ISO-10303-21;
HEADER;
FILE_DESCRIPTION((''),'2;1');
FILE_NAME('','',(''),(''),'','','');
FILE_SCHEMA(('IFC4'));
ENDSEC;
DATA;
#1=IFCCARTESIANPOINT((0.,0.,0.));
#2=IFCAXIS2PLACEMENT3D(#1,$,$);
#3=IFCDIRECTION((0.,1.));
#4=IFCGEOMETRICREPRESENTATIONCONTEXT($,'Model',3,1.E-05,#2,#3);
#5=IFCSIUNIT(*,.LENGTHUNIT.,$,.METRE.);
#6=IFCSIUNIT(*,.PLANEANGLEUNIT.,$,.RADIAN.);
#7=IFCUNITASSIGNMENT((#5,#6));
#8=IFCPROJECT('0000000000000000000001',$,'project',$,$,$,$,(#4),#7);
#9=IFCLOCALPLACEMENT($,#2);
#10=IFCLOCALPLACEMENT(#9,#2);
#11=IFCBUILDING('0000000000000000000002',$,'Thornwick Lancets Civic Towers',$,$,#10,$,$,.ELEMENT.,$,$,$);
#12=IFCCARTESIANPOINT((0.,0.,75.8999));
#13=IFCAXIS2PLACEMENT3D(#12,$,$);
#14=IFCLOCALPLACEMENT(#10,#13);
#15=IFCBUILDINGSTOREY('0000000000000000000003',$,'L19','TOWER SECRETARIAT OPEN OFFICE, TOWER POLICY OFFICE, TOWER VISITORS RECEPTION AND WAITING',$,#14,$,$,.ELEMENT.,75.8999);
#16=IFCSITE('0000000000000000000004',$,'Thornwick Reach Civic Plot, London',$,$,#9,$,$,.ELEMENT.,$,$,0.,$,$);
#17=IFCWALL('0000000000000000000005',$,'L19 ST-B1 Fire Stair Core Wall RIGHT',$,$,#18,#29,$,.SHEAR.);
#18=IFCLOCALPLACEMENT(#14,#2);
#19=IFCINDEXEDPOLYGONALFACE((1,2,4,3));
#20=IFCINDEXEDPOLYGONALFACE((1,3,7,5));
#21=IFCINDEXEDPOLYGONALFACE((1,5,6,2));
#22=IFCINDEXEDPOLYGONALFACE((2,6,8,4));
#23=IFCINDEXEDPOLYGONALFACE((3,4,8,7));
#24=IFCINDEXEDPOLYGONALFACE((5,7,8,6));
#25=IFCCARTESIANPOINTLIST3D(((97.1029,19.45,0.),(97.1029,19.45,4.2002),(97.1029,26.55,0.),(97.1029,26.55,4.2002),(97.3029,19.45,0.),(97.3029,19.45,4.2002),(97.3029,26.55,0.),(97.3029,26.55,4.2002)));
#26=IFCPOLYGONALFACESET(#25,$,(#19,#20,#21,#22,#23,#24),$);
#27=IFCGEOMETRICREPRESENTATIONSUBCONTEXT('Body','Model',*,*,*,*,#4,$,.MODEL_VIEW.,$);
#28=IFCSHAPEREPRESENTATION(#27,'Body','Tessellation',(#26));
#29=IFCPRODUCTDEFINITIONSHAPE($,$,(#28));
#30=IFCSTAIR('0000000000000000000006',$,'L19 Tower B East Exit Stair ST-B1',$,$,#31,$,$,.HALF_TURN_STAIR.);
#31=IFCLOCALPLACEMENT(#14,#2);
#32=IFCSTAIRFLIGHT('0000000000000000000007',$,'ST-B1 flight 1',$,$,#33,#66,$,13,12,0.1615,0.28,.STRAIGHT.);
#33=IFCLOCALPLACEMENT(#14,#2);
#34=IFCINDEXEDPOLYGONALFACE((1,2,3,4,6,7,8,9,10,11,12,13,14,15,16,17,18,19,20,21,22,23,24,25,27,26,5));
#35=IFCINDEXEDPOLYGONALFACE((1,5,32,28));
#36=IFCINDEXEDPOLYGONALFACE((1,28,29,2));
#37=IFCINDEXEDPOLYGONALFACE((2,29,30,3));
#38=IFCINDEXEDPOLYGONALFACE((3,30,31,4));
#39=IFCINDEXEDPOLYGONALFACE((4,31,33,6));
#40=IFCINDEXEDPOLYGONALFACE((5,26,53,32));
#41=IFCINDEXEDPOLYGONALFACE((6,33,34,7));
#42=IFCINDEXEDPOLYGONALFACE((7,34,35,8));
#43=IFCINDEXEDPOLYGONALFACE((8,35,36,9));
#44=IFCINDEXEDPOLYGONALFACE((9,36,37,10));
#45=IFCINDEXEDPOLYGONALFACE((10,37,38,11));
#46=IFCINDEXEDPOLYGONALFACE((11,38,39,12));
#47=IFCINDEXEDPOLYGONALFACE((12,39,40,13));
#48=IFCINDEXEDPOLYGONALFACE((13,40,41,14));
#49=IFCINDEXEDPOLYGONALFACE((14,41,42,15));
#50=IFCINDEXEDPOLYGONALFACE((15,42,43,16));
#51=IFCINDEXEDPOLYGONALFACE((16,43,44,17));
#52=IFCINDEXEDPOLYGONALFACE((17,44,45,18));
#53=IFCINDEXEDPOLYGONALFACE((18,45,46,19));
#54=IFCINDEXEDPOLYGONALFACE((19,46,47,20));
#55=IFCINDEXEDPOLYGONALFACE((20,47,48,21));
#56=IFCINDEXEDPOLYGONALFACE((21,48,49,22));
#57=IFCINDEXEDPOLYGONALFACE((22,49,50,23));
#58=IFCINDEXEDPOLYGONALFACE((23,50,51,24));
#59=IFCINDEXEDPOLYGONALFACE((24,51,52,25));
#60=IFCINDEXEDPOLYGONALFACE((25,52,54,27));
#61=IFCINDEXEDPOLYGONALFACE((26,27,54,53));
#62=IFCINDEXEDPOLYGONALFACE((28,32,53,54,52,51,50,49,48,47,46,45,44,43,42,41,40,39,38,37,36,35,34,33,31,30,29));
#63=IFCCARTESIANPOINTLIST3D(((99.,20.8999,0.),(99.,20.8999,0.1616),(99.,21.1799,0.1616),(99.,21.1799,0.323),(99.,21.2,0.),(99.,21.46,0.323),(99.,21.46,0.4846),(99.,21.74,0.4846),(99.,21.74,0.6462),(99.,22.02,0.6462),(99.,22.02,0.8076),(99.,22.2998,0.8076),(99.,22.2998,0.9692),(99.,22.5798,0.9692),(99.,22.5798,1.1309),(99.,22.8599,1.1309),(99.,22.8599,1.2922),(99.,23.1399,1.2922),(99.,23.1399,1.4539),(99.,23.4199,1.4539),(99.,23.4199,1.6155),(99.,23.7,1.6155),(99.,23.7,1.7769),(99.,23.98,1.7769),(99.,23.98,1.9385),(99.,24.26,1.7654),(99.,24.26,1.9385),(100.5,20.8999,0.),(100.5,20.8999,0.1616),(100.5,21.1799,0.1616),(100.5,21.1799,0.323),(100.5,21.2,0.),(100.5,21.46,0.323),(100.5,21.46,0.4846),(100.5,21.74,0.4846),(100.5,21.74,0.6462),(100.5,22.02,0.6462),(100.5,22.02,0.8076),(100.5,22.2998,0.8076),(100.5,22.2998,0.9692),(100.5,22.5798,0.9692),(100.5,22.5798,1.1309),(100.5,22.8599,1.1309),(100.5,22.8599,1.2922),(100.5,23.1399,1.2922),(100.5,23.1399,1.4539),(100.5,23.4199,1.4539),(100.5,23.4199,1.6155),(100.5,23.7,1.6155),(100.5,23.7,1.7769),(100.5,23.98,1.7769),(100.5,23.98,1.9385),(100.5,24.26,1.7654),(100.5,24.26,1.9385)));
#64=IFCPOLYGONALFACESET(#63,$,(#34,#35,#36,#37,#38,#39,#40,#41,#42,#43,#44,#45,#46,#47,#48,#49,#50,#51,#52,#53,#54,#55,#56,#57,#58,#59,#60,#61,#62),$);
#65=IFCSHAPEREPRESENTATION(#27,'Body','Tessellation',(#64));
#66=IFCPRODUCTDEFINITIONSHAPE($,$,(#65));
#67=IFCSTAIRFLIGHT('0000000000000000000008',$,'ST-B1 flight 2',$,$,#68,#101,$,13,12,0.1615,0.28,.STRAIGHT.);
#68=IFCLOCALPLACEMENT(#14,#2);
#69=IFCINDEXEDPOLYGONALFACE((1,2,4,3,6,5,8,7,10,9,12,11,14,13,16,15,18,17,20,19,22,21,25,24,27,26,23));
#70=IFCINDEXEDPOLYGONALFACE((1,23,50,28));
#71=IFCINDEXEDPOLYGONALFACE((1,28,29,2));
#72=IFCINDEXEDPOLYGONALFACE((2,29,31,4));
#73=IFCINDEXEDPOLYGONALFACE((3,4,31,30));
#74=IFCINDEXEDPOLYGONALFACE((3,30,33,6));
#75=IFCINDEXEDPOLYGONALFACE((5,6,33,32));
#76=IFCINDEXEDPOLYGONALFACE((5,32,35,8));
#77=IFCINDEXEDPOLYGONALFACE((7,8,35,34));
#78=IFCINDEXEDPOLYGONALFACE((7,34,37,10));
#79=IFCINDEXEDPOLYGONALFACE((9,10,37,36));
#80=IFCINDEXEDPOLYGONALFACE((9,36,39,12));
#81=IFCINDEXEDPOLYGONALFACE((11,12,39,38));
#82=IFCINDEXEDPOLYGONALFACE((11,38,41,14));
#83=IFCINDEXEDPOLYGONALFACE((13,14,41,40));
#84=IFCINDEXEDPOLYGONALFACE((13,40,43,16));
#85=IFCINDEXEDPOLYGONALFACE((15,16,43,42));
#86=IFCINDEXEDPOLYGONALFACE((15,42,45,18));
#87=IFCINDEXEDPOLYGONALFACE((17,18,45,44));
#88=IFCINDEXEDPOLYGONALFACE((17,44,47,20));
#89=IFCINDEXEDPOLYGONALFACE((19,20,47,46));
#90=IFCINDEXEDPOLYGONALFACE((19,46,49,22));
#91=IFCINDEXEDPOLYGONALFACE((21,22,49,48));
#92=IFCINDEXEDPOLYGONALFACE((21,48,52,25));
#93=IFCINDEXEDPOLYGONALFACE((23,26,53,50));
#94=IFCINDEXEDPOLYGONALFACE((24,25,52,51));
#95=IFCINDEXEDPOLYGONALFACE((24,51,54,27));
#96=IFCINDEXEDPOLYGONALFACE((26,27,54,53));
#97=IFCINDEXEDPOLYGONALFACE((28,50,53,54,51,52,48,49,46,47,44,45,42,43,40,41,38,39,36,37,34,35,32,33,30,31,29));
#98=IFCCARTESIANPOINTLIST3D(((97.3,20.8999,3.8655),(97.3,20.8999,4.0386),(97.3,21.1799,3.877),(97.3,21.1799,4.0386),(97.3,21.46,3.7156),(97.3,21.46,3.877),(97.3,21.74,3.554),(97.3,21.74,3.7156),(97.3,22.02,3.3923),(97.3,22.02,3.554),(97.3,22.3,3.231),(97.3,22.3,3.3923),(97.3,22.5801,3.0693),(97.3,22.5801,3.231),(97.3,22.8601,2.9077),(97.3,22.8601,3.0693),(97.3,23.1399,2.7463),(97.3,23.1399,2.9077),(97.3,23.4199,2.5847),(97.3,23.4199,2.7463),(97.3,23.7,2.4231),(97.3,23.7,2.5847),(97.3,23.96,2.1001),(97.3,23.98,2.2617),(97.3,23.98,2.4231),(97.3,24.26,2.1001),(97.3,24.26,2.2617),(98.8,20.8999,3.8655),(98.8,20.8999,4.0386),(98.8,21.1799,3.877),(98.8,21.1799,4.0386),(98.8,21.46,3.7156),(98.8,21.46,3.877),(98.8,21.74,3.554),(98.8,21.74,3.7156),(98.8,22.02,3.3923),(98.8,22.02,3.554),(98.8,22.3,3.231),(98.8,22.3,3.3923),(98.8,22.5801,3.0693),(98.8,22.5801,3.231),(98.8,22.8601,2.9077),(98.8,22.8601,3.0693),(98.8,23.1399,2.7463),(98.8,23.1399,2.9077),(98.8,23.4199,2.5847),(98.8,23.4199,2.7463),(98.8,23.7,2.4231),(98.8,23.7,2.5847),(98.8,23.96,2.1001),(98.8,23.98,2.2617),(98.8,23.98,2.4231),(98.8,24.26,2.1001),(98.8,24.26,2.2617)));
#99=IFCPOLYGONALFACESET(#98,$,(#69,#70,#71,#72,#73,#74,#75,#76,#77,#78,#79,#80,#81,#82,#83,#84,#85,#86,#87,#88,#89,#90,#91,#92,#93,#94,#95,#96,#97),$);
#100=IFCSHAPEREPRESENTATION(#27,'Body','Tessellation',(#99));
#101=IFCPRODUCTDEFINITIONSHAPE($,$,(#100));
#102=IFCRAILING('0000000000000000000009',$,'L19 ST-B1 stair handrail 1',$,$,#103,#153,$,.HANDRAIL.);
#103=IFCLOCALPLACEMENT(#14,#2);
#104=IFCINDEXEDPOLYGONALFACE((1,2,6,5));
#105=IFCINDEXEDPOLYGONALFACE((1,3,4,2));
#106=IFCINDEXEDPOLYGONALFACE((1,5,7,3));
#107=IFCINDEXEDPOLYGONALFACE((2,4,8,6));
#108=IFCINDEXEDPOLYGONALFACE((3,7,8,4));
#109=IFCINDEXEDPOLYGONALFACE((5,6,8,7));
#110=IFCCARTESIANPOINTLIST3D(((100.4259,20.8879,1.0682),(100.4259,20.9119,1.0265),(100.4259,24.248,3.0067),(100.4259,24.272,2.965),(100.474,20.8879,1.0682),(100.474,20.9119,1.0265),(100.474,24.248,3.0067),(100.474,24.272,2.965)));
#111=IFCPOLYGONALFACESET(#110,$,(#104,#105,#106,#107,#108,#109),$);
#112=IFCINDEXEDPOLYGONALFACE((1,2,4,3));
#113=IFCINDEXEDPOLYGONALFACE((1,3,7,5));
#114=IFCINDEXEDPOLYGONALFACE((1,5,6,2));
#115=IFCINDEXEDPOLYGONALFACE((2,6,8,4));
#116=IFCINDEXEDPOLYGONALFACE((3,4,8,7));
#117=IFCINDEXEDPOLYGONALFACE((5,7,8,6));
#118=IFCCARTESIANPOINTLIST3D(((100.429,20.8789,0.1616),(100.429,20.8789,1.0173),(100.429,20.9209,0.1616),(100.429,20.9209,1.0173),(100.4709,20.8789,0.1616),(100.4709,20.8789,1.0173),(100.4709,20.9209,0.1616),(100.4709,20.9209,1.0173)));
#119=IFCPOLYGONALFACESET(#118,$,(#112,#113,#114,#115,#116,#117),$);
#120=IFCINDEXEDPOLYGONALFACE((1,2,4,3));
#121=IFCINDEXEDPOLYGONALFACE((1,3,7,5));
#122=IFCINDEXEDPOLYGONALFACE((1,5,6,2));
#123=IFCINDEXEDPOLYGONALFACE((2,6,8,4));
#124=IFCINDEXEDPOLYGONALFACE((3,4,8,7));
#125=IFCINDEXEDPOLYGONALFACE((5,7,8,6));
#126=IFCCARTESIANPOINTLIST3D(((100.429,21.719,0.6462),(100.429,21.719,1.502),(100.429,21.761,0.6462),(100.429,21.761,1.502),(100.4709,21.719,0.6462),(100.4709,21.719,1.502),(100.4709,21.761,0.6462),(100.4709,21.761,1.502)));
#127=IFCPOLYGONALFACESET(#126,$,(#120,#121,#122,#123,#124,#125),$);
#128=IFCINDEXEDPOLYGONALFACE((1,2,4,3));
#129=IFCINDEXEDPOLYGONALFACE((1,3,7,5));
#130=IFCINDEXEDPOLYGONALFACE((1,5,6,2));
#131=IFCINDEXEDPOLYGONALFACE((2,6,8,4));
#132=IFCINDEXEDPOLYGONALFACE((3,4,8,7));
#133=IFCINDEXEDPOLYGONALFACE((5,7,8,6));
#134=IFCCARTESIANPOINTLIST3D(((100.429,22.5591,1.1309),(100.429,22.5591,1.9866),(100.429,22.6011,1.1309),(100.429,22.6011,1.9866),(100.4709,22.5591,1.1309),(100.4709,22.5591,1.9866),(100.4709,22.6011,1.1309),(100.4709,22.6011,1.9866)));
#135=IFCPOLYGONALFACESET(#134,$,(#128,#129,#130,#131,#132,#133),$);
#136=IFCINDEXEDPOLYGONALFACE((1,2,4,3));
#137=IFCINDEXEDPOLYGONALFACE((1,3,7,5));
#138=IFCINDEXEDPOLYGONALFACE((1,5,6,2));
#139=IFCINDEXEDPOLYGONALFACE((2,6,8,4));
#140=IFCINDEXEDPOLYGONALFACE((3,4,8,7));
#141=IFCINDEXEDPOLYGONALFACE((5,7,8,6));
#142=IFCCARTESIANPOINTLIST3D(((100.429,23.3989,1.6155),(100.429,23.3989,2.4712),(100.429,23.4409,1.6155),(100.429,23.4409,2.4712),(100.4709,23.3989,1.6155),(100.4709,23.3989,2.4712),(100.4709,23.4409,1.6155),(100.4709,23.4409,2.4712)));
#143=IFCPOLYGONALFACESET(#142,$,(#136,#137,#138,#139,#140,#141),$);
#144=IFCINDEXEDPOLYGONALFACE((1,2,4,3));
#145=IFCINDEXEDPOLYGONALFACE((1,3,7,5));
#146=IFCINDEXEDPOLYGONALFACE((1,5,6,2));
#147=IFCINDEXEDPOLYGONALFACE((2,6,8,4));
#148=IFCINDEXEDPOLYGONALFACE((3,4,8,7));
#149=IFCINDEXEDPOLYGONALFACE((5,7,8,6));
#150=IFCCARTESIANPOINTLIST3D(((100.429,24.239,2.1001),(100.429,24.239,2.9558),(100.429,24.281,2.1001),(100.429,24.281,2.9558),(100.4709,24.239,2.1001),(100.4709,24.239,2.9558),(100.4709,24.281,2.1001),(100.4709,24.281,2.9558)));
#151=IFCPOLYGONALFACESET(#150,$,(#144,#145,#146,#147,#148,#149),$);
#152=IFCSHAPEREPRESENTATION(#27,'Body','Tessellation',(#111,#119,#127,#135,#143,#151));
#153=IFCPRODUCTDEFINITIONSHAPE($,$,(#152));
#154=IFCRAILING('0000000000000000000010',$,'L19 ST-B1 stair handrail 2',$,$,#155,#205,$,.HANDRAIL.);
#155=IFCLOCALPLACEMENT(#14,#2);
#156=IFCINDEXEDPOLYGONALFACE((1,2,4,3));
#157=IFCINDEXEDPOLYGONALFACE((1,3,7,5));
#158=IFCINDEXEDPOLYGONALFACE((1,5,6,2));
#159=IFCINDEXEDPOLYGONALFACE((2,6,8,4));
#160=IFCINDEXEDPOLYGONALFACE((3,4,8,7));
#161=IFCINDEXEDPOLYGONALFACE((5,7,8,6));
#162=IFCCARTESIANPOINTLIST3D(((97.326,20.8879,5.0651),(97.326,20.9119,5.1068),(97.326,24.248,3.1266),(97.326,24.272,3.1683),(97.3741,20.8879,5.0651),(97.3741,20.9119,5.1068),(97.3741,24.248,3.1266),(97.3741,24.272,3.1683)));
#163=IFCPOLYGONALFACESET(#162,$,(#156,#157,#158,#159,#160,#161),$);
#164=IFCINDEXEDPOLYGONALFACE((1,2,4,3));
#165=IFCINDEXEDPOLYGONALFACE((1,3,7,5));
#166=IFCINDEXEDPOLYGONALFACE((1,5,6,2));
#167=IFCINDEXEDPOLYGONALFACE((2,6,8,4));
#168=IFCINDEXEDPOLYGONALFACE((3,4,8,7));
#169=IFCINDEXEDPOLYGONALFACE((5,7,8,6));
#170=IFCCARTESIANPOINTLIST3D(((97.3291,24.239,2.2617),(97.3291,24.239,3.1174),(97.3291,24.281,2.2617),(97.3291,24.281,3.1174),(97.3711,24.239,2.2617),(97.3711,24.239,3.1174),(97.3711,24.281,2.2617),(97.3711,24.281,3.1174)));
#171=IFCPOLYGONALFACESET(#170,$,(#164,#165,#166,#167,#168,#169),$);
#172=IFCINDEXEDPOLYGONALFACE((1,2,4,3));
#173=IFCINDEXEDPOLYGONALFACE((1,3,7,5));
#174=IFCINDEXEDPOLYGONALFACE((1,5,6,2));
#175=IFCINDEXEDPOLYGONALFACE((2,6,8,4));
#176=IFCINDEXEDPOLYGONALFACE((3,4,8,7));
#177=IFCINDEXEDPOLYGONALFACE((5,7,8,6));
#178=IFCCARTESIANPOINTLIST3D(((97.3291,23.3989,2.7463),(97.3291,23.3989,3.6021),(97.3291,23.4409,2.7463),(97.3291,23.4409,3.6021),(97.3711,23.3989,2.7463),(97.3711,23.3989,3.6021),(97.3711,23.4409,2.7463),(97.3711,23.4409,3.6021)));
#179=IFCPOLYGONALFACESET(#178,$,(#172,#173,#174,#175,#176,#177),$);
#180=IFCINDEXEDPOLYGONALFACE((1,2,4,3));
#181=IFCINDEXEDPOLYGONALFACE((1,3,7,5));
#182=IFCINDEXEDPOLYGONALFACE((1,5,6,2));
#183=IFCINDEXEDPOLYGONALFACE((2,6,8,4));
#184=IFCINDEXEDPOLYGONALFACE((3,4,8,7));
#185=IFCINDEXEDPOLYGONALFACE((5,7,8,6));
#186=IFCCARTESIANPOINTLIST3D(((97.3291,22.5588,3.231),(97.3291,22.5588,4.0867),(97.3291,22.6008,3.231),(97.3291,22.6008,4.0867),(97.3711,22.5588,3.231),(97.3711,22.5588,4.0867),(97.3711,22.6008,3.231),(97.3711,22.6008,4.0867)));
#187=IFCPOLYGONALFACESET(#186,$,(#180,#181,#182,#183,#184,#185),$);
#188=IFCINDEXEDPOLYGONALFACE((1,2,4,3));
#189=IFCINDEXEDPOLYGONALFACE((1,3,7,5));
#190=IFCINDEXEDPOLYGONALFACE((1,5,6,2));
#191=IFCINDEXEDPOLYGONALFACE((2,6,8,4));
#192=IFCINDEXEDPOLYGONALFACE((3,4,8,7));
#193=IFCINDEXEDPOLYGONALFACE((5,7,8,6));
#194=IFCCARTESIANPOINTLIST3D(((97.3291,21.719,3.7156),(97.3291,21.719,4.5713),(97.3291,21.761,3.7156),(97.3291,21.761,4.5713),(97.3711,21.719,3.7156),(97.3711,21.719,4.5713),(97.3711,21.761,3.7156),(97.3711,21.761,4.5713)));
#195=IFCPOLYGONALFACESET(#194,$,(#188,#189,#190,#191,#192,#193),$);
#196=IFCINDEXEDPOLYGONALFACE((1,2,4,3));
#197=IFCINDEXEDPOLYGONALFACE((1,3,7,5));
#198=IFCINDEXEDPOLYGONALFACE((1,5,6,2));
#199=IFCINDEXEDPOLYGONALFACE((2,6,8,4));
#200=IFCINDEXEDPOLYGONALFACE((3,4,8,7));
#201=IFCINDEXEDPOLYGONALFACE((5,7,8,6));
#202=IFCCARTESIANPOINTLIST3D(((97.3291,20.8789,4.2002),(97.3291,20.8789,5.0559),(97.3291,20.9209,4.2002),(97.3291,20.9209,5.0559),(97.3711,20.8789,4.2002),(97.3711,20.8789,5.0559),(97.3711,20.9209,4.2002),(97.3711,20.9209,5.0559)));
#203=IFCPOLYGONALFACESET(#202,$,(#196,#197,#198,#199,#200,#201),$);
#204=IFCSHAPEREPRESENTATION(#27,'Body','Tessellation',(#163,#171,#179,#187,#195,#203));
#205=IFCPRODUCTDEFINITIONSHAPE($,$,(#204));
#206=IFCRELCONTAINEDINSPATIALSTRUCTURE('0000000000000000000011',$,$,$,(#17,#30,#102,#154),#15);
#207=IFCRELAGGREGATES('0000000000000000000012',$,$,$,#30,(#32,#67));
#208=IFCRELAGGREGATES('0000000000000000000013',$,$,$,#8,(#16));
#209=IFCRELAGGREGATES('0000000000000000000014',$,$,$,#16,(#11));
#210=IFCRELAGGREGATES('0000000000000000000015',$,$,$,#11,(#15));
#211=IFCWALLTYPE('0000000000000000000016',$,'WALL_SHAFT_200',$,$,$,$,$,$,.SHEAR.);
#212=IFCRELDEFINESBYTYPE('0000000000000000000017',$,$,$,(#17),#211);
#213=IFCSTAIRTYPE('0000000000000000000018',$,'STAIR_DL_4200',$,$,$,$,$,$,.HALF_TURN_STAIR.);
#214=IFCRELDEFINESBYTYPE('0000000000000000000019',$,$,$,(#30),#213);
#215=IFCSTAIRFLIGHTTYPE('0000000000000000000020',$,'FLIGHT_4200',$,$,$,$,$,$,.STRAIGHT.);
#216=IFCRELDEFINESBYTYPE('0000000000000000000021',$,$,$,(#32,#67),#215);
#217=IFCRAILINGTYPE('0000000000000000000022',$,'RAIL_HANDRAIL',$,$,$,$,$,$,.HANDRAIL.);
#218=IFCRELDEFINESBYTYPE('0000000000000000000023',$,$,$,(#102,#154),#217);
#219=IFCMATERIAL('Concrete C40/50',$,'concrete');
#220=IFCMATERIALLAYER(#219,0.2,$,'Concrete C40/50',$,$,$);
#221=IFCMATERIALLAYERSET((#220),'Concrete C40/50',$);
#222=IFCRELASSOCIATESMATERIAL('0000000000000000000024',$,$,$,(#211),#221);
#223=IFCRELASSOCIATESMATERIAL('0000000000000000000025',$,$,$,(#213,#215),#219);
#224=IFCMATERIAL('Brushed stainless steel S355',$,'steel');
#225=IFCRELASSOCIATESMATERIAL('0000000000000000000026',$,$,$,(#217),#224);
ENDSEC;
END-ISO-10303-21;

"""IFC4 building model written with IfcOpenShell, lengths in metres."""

from ifc_helpers import new_model, si_unit, direction, frame, frame_2d, origin, origin_2d, place, context, subcontext, project, spatial, polyline, rectangle, outline, extrude, material, layer, layer_set, type_object, element, aggregate, save


model = new_model("IFC4")

# Units and contexts
model_context = context("Model", 3, precision=1e-05, world=origin(), true_north=direction((0.0, 1.0)))
body_context = subcontext(model_context, "Body", "Model", "MODEL_VIEW")
ifc_project = project(units=[si_unit("LENGTHUNIT", "METRE"), si_unit("PLANEANGLEUNIT", "RADIAN")], contexts=[model_context])

# Site, building, storey
site_placement = place(None, origin())
site = spatial("IfcSite", under=ifc_project, at=site_placement, Name="Thornwick Reach Civic Plot, London", CompositionType="ELEMENT", RefElevation=0.0)
building_placement = place(site_placement, origin())
building = spatial("IfcBuilding", under=site, at=building_placement, Name="Thornwick Lancets Civic Towers", CompositionType="ELEMENT")
storey_placement = place(building_placement, frame((0.0, 0.0, 75.8999)))
storey = spatial("IfcBuildingStorey", under=building, at=storey_placement, Name="L19", Description="TOWER SECRETARIAT OPEN OFFICE, TOWER POLICY OFFICE, TOWER VISITORS RECEPTION AND WAITING", CompositionType="ELEMENT", Elevation=75.8999)

# Shared definitions
ifc_material_1 = material(Name="Concrete C40/50", Category="concrete")

# Shared definitions
ifc_layer_1 = layer(ifc_material_1, 0.2, Name="Concrete C40/50")
ifc_layer_set_1 = layer_set([ifc_layer_1], Name="Concrete C40/50")
wall_type_1 = type_object("IfcWallType", Name="WALL_SHAFT_200", PredefinedType="SHEAR", material=ifc_layer_set_1)

# Wall
wall_1_placement = place(storey_placement, frame((97.2029, 26.55, 0.0), z_axis=(0.0, 0.0, 1.0), x_axis=(0.0, -1.0, 0.0)))
element("IfcWall", 1, at=wall_1_placement, inside=storey, type_object=wall_type_1, Name="L19 ST-B1 Fire Stair Core Wall RIGHT", PredefinedType="SHEAR", context=body_context, shape_type="SweptSolid", body=[
    extrude(rectangle(XDim=7.1001, YDim=0.2, at=frame_2d((3.55, 0.0))), origin(), (0.0, 0.0, 1.0), 4.2002),
])

# Stair, stair flights
stair_type = type_object("IfcStairType", Name="STAIR_DL_4200", PredefinedType="HALF_TURN_STAIR", material=ifc_material_1)
stair_placement = place(storey_placement, origin())
stair = element("IfcStair", 2, at=stair_placement, inside=storey, type_object=stair_type, Name="L19 Tower B East Exit Stair ST-B1", PredefinedType="HALF_TURN_STAIR")
stair_flight_type = type_object("IfcStairFlightType", Name="FLIGHT_4200", PredefinedType="STRAIGHT", material=ifc_material_1)
stair_flight_1_placement = place(storey_placement, frame((99.75, 20.8999, 0.0), z_axis=(0.0, 0.0, 1.0), x_axis=(0.0, 1.0, 0.0)))
stair_flight_1 = element("IfcStairFlight", 3, at=stair_flight_1_placement, type_object=stair_flight_type, Name="ST-B1 flight 1", NumberOfRisers=13, NumberOfTreads=12, PredefinedType="STRAIGHT", RiserHeight=0.1615, TreadLength=0.28, context=body_context, shape_type="SweptSolid", body=[
    extrude(outline(polyline([(0.0, 0.0), (0.0, 0.1616), (0.28, 0.1616), (0.28, 0.323), (0.5601, 0.323), (0.5601, 0.4846), (0.8401, 0.4846), (0.8401, 0.6462), (1.1201, 0.6462), (1.1201, 0.8076), (1.3999, 0.8076), (1.3999, 0.9692), (1.6799, 0.9692), (1.6799, 1.1309), (1.96, 1.1309), (1.96, 1.2922), (2.24, 1.2922), (2.24, 1.4539), (2.52, 1.4539), (2.52, 1.6155), (2.8, 1.6155), (2.8, 1.7769), (3.0801, 1.7769), (3.0801, 1.9385), (3.3601, 1.9385), (3.3601, 2.1001), (3.3601, 1.7654), (0.3, 0.0), (0.0, 0.0)])), frame((0.0, 0.75, 0.0), z_axis=(0.0, -1.0, 0.0), x_axis=(1.0, 0.0, 0.0)), (0.0, 0.0, 1.0), 1.5),
])
stair_flight_2_placement = place(storey_placement, frame((98.05, 24.26, 2.1001), z_axis=(0.0, 0.0, 1.0), x_axis=(0.0, -1.0, 0.0)))
stair_flight_2 = element("IfcStairFlight", 4, at=stair_flight_2_placement, type_object=stair_flight_type, Name="ST-B1 flight 2", NumberOfRisers=13, NumberOfTreads=12, PredefinedType="STRAIGHT", RiserHeight=0.1615, TreadLength=0.28, context=body_context, shape_type="SweptSolid", body=[
    extrude(outline(polyline([(0.0, 0.0), (0.0, 0.1616), (0.28, 0.1616), (0.28, 0.323), (0.5601, 0.323), (0.5601, 0.4846), (0.8401, 0.4846), (0.8401, 0.6462), (1.1201, 0.6462), (1.1201, 0.8076), (1.3999, 0.8076), (1.3999, 0.9692), (1.6799, 0.9692), (1.6799, 1.1309), (1.96, 1.1309), (1.96, 1.2922), (2.24, 1.2922), (2.24, 1.4539), (2.52, 1.4539), (2.52, 1.6155), (2.8, 1.6155), (2.8, 1.7769), (3.0801, 1.7769), (3.0801, 1.9385), (3.3601, 1.9385), (3.3601, 2.1001), (3.3601, 1.7654), (0.3, 0.0), (0.0, 0.0)])), frame((0.0, 0.75, 0.0), z_axis=(0.0, -1.0, 0.0), x_axis=(1.0, 0.0, 0.0)), (0.0, 0.0, 1.0), 1.5),
])
aggregate(stair, [stair_flight_1, stair_flight_2])

# Railings
ifc_material_2 = material(Name="Brushed stainless steel S355", Category="steel")
railing_type_1 = type_object("IfcRailingType", Name="RAIL_HANDRAIL", PredefinedType="HANDRAIL", material=ifc_material_2)
railing_1_placement = place(storey_placement, frame((100.45, 20.8999, 0.1616)))
element("IfcRailing", 5, at=railing_1_placement, inside=storey, type_object=railing_type_1, Name="L19 ST-B1 stair handrail 1", PredefinedType="HANDRAIL", context=body_context, shape_type="SweptSolid", body=[
    extrude(rectangle(XDim=0.0481, YDim=0.0481, at=origin_2d()), frame((0.0, 0.0, 0.8857), z_axis=(0.0, 0.866191, 0.499713), x_axis=(-1.0, 0.0, 0.0)), (0.0, 0.0, 1.0), 3.8792),
    extrude(rectangle(XDim=0.042, YDim=0.042, at=origin_2d()), origin(), (0.0, 0.0, 1.0), 0.8557),
    extrude(rectangle(XDim=0.042, YDim=0.042, at=origin_2d()), frame((0.0, 0.8401, 0.4846)), (0.0, 0.0, 1.0), 0.8557),
    extrude(rectangle(XDim=0.042, YDim=0.042, at=origin_2d()), frame((0.0, 1.6802, 0.9692)), (0.0, 0.0, 1.0), 0.8557),
    extrude(rectangle(XDim=0.042, YDim=0.042, at=origin_2d()), frame((0.0, 2.52, 1.4539)), (0.0, 0.0, 1.0), 0.8557),
    extrude(rectangle(XDim=0.042, YDim=0.042, at=origin_2d()), frame((0.0, 3.3601, 1.9385)), (0.0, 0.0, 1.0), 0.8557),
])
railing_2_placement = place(storey_placement, frame((97.3501, 24.26, 2.2617)))
element("IfcRailing", 6, at=railing_2_placement, inside=storey, type_object=railing_type_1, Name="L19 ST-B1 stair handrail 2", PredefinedType="HANDRAIL", context=body_context, shape_type="SweptSolid", body=[
    extrude(rectangle(XDim=0.0481, YDim=0.0481, at=origin_2d()), frame((0.0, 0.0, 0.8857), z_axis=(0.0, -0.866191, 0.499713), x_axis=(1.0, 0.0, 0.0)), (0.0, 0.0, 1.0), 3.8792),
    extrude(rectangle(XDim=0.042, YDim=0.042, at=origin_2d()), origin(), (0.0, 0.0, 1.0), 0.8557),
    extrude(rectangle(XDim=0.042, YDim=0.042, at=origin_2d()), frame((0.0, -0.8401, 0.4846)), (0.0, 0.0, 1.0), 0.8557),
    extrude(rectangle(XDim=0.042, YDim=0.042, at=origin_2d()), frame((0.0, -1.6802, 0.9692)), (0.0, 0.0, 1.0), 0.8557),
    extrude(rectangle(XDim=0.042, YDim=0.042, at=origin_2d()), frame((0.0, -2.52, 1.4539)), (0.0, 0.0, 1.0), 0.8557),
    extrude(rectangle(XDim=0.042, YDim=0.042, at=origin_2d()), frame((0.0, -3.3601, 1.9385)), (0.0, 0.0, 1.0), 0.8557),
])

save(model, "model.ifc")
